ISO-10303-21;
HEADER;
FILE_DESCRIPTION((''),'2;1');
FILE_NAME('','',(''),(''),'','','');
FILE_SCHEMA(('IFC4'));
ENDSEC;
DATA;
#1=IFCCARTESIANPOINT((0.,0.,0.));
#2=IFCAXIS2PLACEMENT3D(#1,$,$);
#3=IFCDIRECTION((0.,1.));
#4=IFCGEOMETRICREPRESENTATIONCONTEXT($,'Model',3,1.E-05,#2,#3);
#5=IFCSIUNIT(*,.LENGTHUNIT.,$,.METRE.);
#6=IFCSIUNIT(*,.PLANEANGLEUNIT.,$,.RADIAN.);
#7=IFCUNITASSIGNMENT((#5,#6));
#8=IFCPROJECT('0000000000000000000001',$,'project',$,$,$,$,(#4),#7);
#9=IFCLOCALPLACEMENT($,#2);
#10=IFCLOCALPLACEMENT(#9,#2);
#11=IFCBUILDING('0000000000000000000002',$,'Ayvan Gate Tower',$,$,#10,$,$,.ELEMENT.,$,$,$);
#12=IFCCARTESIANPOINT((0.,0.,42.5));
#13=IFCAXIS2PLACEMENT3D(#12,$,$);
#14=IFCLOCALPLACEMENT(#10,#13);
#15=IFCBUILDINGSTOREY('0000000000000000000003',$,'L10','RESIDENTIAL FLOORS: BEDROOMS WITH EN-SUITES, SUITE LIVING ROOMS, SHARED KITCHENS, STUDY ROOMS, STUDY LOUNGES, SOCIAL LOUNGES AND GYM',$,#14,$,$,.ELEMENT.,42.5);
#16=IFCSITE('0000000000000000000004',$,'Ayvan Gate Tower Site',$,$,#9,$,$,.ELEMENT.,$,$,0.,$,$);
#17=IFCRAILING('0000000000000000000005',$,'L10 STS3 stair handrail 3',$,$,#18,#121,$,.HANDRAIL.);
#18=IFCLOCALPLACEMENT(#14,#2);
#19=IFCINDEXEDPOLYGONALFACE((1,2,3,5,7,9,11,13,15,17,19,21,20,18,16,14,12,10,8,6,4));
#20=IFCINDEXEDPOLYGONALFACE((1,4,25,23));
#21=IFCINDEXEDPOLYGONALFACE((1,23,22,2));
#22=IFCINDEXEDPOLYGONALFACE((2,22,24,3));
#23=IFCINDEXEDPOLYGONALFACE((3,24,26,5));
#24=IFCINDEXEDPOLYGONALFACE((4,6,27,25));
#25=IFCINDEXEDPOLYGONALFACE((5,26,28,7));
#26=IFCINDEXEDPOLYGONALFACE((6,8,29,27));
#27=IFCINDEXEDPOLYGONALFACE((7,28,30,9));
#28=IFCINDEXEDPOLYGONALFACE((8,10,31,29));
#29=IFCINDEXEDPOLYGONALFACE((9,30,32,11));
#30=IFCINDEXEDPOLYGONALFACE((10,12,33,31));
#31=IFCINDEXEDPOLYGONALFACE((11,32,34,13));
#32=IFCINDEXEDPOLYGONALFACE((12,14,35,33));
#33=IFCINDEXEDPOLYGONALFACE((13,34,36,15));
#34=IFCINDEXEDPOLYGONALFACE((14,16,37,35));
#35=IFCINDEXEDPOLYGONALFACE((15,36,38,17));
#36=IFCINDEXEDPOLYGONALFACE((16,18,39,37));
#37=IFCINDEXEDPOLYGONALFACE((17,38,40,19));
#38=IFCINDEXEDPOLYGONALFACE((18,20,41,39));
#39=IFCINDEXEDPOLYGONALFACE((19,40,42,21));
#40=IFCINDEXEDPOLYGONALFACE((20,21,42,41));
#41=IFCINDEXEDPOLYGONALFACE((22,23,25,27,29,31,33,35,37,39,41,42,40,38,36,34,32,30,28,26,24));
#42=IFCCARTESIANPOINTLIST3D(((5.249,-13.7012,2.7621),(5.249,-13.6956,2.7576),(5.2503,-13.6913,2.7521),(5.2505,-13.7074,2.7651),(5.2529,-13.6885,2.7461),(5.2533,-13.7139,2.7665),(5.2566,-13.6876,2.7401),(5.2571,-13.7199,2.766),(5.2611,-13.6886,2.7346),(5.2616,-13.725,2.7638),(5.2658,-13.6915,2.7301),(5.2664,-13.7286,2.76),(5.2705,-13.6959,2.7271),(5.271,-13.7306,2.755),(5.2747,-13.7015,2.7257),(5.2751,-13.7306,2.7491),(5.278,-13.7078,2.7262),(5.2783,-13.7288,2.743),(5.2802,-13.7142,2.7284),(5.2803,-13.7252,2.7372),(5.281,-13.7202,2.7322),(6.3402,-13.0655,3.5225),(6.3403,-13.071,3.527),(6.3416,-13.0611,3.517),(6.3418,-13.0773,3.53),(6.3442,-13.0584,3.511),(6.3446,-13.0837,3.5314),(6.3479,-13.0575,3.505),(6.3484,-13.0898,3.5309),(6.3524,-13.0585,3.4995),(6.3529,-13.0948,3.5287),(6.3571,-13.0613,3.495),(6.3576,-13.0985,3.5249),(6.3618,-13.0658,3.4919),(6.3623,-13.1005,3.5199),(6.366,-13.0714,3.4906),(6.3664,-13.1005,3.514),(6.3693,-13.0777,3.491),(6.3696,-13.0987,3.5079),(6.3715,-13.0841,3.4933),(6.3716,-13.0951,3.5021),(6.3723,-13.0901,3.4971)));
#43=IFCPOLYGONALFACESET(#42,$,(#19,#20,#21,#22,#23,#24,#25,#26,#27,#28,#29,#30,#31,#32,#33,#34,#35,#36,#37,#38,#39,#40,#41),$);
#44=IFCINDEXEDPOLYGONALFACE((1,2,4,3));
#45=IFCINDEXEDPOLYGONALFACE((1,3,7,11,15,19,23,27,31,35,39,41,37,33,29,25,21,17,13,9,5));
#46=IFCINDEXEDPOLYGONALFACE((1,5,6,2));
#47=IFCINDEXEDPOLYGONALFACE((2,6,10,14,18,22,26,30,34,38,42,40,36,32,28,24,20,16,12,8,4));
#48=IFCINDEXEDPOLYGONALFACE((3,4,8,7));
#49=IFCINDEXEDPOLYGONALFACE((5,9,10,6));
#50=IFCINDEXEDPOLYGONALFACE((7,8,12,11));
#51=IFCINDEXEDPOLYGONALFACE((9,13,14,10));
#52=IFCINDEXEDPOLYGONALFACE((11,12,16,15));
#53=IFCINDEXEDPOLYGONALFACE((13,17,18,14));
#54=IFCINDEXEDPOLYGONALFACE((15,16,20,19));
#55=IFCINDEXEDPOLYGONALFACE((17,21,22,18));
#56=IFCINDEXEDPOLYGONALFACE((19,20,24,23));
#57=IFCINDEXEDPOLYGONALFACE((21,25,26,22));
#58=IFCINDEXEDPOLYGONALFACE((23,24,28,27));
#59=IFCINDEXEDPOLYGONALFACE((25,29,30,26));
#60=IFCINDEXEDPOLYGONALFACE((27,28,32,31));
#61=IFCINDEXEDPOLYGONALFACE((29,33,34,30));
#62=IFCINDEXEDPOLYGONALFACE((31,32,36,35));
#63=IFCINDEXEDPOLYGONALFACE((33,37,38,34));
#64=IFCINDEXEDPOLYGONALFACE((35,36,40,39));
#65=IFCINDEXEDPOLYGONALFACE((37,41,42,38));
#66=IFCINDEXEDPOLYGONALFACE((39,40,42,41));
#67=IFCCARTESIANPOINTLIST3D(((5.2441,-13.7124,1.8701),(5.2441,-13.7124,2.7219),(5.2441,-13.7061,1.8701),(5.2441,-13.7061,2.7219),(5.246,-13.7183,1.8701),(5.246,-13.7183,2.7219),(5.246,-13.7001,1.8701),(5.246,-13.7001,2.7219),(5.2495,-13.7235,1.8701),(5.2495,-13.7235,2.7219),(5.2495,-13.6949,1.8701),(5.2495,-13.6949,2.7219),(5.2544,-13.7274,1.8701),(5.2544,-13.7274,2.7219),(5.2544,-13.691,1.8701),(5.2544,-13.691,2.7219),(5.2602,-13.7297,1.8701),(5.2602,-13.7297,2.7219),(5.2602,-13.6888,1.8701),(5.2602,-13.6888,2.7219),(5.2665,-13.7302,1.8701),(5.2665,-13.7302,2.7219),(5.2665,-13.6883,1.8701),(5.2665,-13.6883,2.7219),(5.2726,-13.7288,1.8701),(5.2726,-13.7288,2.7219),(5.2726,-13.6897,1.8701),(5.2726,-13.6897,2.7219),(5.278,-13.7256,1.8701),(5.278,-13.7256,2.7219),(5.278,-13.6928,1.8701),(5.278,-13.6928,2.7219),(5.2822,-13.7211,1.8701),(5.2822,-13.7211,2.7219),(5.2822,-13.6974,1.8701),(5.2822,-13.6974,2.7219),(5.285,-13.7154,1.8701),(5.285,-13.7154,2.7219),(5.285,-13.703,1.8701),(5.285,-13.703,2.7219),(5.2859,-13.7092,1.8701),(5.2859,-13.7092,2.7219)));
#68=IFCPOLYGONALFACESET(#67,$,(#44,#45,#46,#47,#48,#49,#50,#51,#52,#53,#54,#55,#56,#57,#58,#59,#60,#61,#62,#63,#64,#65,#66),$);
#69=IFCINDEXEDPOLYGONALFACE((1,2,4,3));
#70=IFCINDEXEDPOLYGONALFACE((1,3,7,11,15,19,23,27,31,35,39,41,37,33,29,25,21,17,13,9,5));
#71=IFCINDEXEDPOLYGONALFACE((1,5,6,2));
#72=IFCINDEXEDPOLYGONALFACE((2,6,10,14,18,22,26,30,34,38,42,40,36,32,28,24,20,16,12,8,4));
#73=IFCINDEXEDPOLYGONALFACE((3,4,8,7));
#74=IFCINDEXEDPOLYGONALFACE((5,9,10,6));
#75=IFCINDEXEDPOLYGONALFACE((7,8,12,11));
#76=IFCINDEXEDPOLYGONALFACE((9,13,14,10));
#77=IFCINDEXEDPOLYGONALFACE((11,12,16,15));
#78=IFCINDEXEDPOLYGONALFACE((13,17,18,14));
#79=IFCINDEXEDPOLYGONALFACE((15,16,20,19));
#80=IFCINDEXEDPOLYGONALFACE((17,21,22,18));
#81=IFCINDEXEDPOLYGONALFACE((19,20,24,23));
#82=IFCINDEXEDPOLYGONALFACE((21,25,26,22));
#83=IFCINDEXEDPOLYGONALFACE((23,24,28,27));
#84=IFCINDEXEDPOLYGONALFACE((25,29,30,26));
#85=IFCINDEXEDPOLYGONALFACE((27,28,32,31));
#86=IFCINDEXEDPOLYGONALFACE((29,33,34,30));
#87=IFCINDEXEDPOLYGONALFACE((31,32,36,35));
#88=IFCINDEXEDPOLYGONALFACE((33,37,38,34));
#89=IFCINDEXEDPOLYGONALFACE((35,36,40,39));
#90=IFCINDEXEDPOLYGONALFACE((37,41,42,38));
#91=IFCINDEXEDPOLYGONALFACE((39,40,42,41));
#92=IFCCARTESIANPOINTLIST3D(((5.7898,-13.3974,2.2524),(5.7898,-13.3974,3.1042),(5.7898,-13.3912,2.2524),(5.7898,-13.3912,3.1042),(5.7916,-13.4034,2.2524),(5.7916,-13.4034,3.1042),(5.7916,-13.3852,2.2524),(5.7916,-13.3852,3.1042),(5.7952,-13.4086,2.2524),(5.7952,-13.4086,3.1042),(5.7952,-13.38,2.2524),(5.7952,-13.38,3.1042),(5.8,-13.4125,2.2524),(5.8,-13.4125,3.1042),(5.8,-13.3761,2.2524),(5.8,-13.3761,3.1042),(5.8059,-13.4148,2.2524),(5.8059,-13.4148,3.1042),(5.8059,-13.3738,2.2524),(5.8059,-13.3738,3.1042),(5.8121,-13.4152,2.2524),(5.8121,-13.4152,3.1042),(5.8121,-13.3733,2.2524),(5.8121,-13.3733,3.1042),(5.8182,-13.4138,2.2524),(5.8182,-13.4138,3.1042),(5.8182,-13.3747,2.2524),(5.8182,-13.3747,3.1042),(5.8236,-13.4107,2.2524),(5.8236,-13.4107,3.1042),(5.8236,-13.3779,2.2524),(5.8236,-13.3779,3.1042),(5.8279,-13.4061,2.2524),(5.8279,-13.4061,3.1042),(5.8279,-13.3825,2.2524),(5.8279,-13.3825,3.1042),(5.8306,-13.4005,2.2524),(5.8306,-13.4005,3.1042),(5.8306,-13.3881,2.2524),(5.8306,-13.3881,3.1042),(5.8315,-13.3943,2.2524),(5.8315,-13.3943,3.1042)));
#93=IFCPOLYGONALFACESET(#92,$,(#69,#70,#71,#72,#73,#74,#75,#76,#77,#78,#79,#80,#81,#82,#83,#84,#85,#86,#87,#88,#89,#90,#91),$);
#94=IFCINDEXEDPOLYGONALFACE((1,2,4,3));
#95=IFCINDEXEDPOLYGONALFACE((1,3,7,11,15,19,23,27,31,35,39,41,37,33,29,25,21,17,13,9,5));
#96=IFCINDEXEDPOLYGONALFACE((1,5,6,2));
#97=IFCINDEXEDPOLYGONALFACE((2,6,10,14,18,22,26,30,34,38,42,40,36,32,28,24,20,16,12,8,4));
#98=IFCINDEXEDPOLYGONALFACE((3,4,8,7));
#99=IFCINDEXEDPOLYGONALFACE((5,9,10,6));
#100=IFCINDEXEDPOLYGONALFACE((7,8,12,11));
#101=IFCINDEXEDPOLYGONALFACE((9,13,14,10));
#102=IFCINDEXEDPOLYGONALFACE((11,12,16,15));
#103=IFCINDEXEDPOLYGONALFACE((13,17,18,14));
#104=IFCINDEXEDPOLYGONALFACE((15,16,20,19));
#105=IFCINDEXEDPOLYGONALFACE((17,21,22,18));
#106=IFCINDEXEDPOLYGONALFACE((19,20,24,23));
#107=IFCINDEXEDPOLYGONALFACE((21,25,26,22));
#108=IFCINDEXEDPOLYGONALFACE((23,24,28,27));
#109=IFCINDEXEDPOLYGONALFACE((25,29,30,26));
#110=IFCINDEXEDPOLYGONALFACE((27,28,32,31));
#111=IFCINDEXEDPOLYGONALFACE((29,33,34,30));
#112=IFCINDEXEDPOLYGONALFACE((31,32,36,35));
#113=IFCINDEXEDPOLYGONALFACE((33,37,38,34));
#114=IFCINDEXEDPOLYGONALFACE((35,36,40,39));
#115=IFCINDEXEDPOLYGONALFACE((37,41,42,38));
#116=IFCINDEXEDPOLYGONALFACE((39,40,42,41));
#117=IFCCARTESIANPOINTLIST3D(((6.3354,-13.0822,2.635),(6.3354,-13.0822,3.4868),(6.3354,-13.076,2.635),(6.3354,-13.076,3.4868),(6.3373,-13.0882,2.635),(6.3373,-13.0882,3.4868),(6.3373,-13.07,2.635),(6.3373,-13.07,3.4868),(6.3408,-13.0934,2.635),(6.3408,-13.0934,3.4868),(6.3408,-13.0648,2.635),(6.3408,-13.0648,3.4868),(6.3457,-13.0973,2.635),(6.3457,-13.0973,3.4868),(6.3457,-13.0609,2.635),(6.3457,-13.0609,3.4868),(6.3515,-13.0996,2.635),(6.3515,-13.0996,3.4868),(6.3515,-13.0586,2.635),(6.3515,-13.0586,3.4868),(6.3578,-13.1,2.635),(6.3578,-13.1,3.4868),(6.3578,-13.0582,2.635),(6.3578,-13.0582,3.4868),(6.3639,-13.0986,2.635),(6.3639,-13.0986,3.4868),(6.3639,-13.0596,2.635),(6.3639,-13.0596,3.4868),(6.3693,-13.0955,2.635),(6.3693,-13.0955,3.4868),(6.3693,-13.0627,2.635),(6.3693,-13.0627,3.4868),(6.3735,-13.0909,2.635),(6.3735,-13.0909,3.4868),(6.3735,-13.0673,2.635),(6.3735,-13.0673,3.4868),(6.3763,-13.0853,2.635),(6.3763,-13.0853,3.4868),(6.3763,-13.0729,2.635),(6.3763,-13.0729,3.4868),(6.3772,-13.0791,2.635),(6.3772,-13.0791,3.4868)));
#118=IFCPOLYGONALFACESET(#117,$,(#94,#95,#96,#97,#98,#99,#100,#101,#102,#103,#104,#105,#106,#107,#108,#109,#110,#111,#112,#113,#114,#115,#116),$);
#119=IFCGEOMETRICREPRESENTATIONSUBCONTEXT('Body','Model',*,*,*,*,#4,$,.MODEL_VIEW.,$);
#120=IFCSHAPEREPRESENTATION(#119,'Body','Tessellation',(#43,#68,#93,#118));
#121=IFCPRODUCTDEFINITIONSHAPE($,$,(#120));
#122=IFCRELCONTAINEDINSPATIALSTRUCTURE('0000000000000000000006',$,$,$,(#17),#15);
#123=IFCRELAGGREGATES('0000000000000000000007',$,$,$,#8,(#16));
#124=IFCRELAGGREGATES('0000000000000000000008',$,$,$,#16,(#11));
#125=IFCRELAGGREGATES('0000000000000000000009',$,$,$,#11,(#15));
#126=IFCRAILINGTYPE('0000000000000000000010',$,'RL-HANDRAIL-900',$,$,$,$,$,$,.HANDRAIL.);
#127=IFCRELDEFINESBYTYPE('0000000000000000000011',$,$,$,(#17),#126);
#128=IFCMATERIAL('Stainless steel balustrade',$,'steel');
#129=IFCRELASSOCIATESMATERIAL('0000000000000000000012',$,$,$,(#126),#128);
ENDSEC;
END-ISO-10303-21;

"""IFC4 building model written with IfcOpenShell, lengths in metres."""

from ifc_helpers import new_model, si_unit, direction, frame, origin, origin_2d, place, context, subcontext, project, spatial, circle, extrude, material, type_object, element, save


model = new_model("IFC4")

# Units and contexts
model_context = context("Model", 3, precision=1e-05, world=origin(), true_north=direction((0.0, 1.0)))
body_context = subcontext(model_context, "Body", "Model", "MODEL_VIEW")
ifc_project = project(units=[si_unit("LENGTHUNIT", "METRE"), si_unit("PLANEANGLEUNIT", "RADIAN")], contexts=[model_context])

# Site, building, storey
site_placement = place(None, origin())
site = spatial("IfcSite", under=ifc_project, at=site_placement, Name="Ayvan Gate Tower Site", CompositionType="ELEMENT", RefElevation=0.0)
building_placement = place(site_placement, origin())
building = spatial("IfcBuilding", under=site, at=building_placement, Name="Ayvan Gate Tower", CompositionType="ELEMENT")
storey_placement = place(building_placement, frame((0.0, 0.0, 42.5)))
storey = spatial("IfcBuildingStorey", under=building, at=storey_placement, Name="L10", Description="RESIDENTIAL FLOORS: BEDROOMS WITH EN-SUITES, SUITE LIVING ROOMS, SHARED KITCHENS, STUDY ROOMS, STUDY LOUNGES, SOCIAL LOUNGES AND GYM", CompositionType="ELEMENT", Elevation=42.5)

# Railing
ifc_material_1 = material(Name="Stainless steel balustrade", Category="steel")
railing_type_1 = type_object("IfcRailingType", Name="RL-HANDRAIL-900", PredefinedType="HANDRAIL", material=ifc_material_1)
railing_1_placement = place(storey_placement, frame((5.2649, -13.7092, 1.8701)))
element("IfcRailing", 1, at=railing_1_placement, inside=storey, type_object=railing_type_1, Name="L10 STS3 stair handrail 3", PredefinedType="HANDRAIL", context=body_context, shape_type="SweptSolid", body=[
    extrude(circle(Radius=0.0239, at=origin_2d()), frame((0.0, 0.0, 0.876), z_axis=(0.740304, 0.427455, 0.518875), x_axis=(-0.500035, 0.866005, 0.0)), (0.0, 0.0, 1.0), 1.4741),
    extrude(circle(Radius=0.021, at=origin_2d()), origin(), (0.0, 0.0, 1.0), 0.8518),
    extrude(circle(Radius=0.021, at=origin_2d()), frame((0.5457, 0.3149, 0.3823)), (0.0, 0.0, 1.0), 0.8518),
    extrude(circle(Radius=0.021, at=origin_2d()), frame((1.0913, 0.6301, 0.7649)), (0.0, 0.0, 1.0), 0.8518),
])

save(model, "model.ifc")
